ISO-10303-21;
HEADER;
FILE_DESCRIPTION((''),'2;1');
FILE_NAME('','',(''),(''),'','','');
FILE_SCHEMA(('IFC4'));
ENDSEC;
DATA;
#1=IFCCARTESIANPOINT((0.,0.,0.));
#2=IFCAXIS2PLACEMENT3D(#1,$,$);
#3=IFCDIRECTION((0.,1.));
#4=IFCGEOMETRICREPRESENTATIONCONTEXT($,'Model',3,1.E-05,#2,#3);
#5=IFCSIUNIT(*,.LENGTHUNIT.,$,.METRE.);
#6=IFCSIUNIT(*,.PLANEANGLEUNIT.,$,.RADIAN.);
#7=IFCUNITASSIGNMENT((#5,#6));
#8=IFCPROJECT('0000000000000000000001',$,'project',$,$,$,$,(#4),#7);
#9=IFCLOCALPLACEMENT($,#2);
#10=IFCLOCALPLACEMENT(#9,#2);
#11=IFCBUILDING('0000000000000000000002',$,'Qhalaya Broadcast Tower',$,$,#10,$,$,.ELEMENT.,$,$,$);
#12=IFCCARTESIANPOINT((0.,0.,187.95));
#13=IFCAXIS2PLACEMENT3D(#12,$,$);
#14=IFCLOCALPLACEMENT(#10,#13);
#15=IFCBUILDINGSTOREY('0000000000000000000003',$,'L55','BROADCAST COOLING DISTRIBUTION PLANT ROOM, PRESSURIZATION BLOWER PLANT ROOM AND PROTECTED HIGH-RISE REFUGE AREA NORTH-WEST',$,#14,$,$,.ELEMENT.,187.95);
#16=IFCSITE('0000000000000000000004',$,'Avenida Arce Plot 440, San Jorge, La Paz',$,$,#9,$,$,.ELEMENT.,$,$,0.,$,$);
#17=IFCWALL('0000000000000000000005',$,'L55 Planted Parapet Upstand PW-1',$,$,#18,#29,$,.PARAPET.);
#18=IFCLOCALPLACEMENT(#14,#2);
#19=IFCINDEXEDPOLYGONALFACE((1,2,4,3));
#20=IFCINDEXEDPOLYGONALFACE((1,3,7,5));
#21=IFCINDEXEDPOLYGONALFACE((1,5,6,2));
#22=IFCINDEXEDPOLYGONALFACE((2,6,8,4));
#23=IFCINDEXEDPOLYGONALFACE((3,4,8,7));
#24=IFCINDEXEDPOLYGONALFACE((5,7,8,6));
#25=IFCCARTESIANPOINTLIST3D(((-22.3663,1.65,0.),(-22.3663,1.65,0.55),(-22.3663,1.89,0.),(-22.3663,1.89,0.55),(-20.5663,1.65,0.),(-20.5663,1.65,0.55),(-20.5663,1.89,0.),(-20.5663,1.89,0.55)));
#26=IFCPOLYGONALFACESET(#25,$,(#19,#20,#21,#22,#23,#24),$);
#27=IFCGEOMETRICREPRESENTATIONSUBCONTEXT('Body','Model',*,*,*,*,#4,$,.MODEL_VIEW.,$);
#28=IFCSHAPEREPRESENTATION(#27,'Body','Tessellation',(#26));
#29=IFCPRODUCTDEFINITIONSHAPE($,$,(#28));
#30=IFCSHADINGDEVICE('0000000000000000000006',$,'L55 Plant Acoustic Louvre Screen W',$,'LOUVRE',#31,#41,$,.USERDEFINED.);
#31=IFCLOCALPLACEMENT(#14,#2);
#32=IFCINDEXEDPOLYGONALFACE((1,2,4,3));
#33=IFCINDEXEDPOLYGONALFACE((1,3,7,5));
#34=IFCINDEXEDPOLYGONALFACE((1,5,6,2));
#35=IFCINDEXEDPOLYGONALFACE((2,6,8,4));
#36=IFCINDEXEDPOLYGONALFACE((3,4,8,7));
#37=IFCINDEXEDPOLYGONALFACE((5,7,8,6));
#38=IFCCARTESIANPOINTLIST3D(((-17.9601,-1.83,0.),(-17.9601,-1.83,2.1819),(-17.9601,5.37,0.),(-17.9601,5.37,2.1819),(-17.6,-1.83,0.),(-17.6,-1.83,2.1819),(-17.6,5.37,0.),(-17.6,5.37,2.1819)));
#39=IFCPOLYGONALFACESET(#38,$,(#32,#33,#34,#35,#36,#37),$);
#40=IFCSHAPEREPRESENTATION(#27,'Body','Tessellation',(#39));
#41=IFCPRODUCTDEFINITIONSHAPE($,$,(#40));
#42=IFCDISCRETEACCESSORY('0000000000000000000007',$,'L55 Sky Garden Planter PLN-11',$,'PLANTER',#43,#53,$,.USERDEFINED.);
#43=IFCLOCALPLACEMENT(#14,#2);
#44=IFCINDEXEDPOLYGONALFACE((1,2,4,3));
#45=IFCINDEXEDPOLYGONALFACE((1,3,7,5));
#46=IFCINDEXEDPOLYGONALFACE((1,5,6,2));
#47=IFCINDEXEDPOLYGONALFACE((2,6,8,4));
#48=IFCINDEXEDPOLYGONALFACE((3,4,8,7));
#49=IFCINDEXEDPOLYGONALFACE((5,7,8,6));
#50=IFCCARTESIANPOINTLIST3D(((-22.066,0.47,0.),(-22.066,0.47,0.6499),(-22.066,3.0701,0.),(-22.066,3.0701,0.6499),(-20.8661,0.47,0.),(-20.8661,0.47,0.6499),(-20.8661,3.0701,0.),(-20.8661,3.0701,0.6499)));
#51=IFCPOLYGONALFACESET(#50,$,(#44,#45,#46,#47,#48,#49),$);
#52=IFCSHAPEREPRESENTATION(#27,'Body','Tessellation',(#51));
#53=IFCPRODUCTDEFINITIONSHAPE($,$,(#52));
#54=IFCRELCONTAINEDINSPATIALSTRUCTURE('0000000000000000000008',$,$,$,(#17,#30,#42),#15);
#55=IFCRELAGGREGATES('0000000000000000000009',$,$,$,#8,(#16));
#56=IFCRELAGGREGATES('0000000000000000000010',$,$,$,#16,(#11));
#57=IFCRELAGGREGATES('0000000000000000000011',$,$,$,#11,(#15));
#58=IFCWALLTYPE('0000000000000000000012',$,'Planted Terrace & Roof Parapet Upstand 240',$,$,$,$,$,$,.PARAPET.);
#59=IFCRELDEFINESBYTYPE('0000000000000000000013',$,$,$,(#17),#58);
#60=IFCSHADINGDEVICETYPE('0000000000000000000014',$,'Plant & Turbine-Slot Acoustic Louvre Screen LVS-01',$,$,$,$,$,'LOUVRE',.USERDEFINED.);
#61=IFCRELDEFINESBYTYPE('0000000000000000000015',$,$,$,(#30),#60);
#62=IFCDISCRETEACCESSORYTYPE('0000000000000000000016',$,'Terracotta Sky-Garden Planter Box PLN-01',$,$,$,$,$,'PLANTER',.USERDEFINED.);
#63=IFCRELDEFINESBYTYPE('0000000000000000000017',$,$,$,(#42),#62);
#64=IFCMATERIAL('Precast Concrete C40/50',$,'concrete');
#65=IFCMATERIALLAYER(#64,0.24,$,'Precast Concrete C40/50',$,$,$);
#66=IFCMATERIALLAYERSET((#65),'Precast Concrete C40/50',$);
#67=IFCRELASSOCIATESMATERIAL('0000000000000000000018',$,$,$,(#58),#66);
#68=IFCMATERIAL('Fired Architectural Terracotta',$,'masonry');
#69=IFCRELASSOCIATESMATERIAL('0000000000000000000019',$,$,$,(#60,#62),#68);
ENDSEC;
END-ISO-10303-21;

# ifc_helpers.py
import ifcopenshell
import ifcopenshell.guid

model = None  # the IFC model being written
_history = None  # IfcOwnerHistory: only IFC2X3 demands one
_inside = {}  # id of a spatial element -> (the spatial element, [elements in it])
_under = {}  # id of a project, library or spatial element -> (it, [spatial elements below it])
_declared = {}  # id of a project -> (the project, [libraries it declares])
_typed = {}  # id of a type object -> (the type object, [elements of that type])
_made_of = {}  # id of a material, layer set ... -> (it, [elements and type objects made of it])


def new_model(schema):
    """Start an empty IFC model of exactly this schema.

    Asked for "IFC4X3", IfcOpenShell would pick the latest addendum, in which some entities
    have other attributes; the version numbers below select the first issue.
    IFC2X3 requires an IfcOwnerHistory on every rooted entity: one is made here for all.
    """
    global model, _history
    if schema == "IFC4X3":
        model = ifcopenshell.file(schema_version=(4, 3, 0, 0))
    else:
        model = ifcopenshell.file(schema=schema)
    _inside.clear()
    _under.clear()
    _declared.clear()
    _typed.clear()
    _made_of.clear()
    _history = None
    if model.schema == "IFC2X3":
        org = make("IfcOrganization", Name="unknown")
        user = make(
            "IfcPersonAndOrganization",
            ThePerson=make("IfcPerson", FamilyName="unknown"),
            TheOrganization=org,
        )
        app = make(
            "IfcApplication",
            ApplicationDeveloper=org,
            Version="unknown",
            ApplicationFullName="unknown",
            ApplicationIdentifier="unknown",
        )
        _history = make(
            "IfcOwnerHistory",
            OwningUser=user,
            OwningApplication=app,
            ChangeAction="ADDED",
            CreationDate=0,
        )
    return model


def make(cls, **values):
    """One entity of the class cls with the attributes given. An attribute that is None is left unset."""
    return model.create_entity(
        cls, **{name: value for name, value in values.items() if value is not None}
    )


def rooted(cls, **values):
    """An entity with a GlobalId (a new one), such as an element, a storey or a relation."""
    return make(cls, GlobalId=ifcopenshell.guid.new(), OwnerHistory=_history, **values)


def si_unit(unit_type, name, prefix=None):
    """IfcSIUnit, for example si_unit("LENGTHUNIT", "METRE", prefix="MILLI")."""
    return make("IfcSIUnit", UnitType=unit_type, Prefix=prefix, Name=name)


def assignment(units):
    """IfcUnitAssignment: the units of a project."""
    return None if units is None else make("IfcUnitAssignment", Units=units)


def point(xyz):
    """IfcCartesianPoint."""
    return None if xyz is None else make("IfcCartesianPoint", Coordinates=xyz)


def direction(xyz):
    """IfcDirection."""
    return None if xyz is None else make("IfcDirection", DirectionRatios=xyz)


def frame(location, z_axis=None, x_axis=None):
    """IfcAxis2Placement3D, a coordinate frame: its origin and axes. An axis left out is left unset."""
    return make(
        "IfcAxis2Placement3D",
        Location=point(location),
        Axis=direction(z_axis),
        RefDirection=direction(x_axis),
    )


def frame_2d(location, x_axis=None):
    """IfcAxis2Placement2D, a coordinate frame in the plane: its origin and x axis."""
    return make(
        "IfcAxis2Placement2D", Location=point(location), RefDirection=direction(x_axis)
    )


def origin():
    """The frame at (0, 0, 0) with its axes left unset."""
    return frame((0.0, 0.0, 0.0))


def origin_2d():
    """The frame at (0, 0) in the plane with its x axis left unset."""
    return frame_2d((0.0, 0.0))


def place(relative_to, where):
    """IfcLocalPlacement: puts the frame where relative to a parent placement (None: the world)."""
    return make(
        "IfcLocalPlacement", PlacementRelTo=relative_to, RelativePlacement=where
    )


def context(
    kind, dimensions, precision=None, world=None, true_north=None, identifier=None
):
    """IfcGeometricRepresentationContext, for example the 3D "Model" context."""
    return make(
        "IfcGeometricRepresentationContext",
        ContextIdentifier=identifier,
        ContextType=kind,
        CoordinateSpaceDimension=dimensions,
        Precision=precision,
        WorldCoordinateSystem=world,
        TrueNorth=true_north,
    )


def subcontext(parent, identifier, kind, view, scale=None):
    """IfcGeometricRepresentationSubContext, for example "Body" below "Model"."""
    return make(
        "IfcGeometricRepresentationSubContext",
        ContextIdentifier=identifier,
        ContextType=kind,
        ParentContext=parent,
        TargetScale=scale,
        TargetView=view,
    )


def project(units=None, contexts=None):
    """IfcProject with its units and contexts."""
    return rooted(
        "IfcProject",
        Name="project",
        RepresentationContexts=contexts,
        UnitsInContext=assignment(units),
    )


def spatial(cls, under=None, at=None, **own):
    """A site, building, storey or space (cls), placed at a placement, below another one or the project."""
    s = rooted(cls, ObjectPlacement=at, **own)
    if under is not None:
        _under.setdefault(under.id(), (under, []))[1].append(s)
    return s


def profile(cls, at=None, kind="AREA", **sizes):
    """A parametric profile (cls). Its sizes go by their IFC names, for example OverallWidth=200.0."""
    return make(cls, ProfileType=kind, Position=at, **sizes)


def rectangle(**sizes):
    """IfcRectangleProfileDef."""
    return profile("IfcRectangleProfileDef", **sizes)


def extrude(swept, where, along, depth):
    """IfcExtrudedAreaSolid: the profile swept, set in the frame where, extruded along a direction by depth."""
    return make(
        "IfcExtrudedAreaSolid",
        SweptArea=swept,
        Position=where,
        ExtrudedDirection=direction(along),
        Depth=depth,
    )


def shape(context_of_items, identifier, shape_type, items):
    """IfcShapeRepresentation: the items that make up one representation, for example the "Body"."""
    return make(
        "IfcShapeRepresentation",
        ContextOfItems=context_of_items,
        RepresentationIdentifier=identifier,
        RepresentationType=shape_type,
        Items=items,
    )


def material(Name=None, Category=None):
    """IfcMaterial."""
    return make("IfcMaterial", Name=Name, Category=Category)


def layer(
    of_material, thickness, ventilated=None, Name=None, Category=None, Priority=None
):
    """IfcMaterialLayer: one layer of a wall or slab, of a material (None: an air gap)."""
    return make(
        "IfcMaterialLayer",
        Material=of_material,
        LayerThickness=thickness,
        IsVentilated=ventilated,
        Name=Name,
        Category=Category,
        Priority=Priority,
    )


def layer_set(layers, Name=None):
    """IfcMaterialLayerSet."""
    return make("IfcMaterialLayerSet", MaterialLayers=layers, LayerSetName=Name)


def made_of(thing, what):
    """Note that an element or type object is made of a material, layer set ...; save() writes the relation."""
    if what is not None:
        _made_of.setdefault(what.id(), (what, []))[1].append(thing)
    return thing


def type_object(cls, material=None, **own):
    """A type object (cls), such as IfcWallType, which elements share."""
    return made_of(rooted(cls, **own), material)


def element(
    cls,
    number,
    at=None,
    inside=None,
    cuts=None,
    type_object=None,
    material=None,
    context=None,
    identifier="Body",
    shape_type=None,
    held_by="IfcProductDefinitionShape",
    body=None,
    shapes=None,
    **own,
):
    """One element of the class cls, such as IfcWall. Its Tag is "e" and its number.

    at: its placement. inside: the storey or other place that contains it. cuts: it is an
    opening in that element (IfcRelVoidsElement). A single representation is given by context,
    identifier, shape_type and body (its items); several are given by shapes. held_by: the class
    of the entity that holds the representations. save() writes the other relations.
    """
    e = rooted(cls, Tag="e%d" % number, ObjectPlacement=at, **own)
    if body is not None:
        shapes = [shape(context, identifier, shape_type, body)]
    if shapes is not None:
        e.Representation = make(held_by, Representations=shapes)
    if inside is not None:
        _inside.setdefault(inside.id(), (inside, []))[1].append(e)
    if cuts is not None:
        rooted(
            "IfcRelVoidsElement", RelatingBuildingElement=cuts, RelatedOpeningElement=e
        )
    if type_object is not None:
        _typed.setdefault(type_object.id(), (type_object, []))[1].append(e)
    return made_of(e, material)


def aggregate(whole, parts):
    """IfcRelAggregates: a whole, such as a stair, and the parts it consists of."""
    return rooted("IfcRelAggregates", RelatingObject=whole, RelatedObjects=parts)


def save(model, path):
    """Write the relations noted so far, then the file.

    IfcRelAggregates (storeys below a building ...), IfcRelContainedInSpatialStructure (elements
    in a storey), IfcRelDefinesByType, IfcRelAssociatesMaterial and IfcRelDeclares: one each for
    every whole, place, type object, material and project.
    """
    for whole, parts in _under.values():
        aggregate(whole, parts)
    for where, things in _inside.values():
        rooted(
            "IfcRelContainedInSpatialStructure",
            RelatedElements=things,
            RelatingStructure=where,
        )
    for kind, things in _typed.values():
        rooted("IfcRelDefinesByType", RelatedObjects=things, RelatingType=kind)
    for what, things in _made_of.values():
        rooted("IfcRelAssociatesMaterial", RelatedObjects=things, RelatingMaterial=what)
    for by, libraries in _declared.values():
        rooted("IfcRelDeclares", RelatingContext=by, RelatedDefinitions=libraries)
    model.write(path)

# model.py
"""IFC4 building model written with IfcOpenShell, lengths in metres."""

from ifc_helpers import new_model, si_unit, direction, frame, frame_2d, origin, origin_2d, place, context, subcontext, project, spatial, rectangle, extrude, material, layer, layer_set, type_object, element, save


model = new_model("IFC4")

# Units and contexts
model_context = context("Model", 3, precision=1e-05, world=origin(), true_north=direction((0.0, 1.0)))
body_context = subcontext(model_context, "Body", "Model", "MODEL_VIEW")
ifc_project = project(units=[si_unit("LENGTHUNIT", "METRE"), si_unit("PLANEANGLEUNIT", "RADIAN")], contexts=[model_context])

# Site, building, storey
site_placement = place(None, origin())
site = spatial("IfcSite", under=ifc_project, at=site_placement, Name="Avenida Arce Plot 440, San Jorge, La Paz", CompositionType="ELEMENT", RefElevation=0.0)
building_placement = place(site_placement, origin())
building = spatial("IfcBuilding", under=site, at=building_placement, Name="Qhalaya Broadcast Tower", CompositionType="ELEMENT")
storey_placement = place(building_placement, frame((0.0, 0.0, 187.95)))
storey = spatial("IfcBuildingStorey", under=building, at=storey_placement, Name="L55", Description="BROADCAST COOLING DISTRIBUTION PLANT ROOM, PRESSURIZATION BLOWER PLANT ROOM AND PROTECTED HIGH-RISE REFUGE AREA NORTH-WEST", CompositionType="ELEMENT", Elevation=187.95)

# Wall
ifc_material_1 = material(Name="Precast Concrete C40/50", Category="concrete")
ifc_layer_1 = layer(ifc_material_1, 0.24, Name="Precast Concrete C40/50")
ifc_layer_set_1 = layer_set([ifc_layer_1], Name="Precast Concrete C40/50")
wall_type_1 = type_object("IfcWallType", Name="Planted Terrace & Roof Parapet Upstand 240", PredefinedType="PARAPET", material=ifc_layer_set_1)
wall_1_placement = place(storey_placement, frame((-22.3662, 1.77, 0.0), z_axis=(0.0, 0.0, 1.0), x_axis=(1.0, 0.0, 0.0)))
element("IfcWall", 1, at=wall_1_placement, inside=storey, type_object=wall_type_1, Name="L55 Planted Parapet Upstand PW-1", PredefinedType="PARAPET", context=body_context, shape_type="SweptSolid", body=[
    extrude(rectangle(XDim=1.8, YDim=0.24, at=frame_2d((0.8999, 0.0))), origin(), (0.0, 0.0, 1.0), 0.55),
])

# Shading device
ifc_material_2 = material(Name="Fired Architectural Terracotta", Category="masonry")
shading_device_type = type_object("IfcShadingDeviceType", Name="Plant & Turbine-Slot Acoustic Louvre Screen LVS-01", ElementType="LOUVRE", PredefinedType="USERDEFINED", material=ifc_material_2)
shading_device_placement = place(storey_placement, frame((-17.78, 1.77, 0.0), z_axis=(0.0, 0.0, 1.0), x_axis=(0.0, 1.0, 0.0)))
element("IfcShadingDevice", 2, at=shading_device_placement, inside=storey, type_object=shading_device_type, Name="L55 Plant Acoustic Louvre Screen W", ObjectType="LOUVRE", PredefinedType="USERDEFINED", context=body_context, shape_type="SweptSolid", body=[
    extrude(rectangle(XDim=7.2, YDim=0.3601, at=origin_2d()), origin(), (0.0, 0.0, 1.0), 2.1819),
])

# Discrete accessory
discrete_accessory_type = type_object("IfcDiscreteAccessoryType", Name="Terracotta Sky-Garden Planter Box PLN-01", ElementType="PLANTER", PredefinedType="USERDEFINED", material=ifc_material_2)
discrete_accessory_placement = place(storey_placement, frame((-21.4661, 1.77, 0.0), z_axis=(0.0, 0.0, 1.0), x_axis=(1.0, 0.0, 0.0)))
element("IfcDiscreteAccessory", 3, at=discrete_accessory_placement, inside=storey, type_object=discrete_accessory_type, Name="L55 Sky Garden Planter PLN-11", ObjectType="PLANTER", PredefinedType="USERDEFINED", context=body_context, shape_type="SweptSolid", body=[
    extrude(rectangle(XDim=1.2, YDim=2.6001, at=origin_2d()), origin(), (0.0, 0.0, 1.0), 0.6499),
])

save(model, "model.ifc")
